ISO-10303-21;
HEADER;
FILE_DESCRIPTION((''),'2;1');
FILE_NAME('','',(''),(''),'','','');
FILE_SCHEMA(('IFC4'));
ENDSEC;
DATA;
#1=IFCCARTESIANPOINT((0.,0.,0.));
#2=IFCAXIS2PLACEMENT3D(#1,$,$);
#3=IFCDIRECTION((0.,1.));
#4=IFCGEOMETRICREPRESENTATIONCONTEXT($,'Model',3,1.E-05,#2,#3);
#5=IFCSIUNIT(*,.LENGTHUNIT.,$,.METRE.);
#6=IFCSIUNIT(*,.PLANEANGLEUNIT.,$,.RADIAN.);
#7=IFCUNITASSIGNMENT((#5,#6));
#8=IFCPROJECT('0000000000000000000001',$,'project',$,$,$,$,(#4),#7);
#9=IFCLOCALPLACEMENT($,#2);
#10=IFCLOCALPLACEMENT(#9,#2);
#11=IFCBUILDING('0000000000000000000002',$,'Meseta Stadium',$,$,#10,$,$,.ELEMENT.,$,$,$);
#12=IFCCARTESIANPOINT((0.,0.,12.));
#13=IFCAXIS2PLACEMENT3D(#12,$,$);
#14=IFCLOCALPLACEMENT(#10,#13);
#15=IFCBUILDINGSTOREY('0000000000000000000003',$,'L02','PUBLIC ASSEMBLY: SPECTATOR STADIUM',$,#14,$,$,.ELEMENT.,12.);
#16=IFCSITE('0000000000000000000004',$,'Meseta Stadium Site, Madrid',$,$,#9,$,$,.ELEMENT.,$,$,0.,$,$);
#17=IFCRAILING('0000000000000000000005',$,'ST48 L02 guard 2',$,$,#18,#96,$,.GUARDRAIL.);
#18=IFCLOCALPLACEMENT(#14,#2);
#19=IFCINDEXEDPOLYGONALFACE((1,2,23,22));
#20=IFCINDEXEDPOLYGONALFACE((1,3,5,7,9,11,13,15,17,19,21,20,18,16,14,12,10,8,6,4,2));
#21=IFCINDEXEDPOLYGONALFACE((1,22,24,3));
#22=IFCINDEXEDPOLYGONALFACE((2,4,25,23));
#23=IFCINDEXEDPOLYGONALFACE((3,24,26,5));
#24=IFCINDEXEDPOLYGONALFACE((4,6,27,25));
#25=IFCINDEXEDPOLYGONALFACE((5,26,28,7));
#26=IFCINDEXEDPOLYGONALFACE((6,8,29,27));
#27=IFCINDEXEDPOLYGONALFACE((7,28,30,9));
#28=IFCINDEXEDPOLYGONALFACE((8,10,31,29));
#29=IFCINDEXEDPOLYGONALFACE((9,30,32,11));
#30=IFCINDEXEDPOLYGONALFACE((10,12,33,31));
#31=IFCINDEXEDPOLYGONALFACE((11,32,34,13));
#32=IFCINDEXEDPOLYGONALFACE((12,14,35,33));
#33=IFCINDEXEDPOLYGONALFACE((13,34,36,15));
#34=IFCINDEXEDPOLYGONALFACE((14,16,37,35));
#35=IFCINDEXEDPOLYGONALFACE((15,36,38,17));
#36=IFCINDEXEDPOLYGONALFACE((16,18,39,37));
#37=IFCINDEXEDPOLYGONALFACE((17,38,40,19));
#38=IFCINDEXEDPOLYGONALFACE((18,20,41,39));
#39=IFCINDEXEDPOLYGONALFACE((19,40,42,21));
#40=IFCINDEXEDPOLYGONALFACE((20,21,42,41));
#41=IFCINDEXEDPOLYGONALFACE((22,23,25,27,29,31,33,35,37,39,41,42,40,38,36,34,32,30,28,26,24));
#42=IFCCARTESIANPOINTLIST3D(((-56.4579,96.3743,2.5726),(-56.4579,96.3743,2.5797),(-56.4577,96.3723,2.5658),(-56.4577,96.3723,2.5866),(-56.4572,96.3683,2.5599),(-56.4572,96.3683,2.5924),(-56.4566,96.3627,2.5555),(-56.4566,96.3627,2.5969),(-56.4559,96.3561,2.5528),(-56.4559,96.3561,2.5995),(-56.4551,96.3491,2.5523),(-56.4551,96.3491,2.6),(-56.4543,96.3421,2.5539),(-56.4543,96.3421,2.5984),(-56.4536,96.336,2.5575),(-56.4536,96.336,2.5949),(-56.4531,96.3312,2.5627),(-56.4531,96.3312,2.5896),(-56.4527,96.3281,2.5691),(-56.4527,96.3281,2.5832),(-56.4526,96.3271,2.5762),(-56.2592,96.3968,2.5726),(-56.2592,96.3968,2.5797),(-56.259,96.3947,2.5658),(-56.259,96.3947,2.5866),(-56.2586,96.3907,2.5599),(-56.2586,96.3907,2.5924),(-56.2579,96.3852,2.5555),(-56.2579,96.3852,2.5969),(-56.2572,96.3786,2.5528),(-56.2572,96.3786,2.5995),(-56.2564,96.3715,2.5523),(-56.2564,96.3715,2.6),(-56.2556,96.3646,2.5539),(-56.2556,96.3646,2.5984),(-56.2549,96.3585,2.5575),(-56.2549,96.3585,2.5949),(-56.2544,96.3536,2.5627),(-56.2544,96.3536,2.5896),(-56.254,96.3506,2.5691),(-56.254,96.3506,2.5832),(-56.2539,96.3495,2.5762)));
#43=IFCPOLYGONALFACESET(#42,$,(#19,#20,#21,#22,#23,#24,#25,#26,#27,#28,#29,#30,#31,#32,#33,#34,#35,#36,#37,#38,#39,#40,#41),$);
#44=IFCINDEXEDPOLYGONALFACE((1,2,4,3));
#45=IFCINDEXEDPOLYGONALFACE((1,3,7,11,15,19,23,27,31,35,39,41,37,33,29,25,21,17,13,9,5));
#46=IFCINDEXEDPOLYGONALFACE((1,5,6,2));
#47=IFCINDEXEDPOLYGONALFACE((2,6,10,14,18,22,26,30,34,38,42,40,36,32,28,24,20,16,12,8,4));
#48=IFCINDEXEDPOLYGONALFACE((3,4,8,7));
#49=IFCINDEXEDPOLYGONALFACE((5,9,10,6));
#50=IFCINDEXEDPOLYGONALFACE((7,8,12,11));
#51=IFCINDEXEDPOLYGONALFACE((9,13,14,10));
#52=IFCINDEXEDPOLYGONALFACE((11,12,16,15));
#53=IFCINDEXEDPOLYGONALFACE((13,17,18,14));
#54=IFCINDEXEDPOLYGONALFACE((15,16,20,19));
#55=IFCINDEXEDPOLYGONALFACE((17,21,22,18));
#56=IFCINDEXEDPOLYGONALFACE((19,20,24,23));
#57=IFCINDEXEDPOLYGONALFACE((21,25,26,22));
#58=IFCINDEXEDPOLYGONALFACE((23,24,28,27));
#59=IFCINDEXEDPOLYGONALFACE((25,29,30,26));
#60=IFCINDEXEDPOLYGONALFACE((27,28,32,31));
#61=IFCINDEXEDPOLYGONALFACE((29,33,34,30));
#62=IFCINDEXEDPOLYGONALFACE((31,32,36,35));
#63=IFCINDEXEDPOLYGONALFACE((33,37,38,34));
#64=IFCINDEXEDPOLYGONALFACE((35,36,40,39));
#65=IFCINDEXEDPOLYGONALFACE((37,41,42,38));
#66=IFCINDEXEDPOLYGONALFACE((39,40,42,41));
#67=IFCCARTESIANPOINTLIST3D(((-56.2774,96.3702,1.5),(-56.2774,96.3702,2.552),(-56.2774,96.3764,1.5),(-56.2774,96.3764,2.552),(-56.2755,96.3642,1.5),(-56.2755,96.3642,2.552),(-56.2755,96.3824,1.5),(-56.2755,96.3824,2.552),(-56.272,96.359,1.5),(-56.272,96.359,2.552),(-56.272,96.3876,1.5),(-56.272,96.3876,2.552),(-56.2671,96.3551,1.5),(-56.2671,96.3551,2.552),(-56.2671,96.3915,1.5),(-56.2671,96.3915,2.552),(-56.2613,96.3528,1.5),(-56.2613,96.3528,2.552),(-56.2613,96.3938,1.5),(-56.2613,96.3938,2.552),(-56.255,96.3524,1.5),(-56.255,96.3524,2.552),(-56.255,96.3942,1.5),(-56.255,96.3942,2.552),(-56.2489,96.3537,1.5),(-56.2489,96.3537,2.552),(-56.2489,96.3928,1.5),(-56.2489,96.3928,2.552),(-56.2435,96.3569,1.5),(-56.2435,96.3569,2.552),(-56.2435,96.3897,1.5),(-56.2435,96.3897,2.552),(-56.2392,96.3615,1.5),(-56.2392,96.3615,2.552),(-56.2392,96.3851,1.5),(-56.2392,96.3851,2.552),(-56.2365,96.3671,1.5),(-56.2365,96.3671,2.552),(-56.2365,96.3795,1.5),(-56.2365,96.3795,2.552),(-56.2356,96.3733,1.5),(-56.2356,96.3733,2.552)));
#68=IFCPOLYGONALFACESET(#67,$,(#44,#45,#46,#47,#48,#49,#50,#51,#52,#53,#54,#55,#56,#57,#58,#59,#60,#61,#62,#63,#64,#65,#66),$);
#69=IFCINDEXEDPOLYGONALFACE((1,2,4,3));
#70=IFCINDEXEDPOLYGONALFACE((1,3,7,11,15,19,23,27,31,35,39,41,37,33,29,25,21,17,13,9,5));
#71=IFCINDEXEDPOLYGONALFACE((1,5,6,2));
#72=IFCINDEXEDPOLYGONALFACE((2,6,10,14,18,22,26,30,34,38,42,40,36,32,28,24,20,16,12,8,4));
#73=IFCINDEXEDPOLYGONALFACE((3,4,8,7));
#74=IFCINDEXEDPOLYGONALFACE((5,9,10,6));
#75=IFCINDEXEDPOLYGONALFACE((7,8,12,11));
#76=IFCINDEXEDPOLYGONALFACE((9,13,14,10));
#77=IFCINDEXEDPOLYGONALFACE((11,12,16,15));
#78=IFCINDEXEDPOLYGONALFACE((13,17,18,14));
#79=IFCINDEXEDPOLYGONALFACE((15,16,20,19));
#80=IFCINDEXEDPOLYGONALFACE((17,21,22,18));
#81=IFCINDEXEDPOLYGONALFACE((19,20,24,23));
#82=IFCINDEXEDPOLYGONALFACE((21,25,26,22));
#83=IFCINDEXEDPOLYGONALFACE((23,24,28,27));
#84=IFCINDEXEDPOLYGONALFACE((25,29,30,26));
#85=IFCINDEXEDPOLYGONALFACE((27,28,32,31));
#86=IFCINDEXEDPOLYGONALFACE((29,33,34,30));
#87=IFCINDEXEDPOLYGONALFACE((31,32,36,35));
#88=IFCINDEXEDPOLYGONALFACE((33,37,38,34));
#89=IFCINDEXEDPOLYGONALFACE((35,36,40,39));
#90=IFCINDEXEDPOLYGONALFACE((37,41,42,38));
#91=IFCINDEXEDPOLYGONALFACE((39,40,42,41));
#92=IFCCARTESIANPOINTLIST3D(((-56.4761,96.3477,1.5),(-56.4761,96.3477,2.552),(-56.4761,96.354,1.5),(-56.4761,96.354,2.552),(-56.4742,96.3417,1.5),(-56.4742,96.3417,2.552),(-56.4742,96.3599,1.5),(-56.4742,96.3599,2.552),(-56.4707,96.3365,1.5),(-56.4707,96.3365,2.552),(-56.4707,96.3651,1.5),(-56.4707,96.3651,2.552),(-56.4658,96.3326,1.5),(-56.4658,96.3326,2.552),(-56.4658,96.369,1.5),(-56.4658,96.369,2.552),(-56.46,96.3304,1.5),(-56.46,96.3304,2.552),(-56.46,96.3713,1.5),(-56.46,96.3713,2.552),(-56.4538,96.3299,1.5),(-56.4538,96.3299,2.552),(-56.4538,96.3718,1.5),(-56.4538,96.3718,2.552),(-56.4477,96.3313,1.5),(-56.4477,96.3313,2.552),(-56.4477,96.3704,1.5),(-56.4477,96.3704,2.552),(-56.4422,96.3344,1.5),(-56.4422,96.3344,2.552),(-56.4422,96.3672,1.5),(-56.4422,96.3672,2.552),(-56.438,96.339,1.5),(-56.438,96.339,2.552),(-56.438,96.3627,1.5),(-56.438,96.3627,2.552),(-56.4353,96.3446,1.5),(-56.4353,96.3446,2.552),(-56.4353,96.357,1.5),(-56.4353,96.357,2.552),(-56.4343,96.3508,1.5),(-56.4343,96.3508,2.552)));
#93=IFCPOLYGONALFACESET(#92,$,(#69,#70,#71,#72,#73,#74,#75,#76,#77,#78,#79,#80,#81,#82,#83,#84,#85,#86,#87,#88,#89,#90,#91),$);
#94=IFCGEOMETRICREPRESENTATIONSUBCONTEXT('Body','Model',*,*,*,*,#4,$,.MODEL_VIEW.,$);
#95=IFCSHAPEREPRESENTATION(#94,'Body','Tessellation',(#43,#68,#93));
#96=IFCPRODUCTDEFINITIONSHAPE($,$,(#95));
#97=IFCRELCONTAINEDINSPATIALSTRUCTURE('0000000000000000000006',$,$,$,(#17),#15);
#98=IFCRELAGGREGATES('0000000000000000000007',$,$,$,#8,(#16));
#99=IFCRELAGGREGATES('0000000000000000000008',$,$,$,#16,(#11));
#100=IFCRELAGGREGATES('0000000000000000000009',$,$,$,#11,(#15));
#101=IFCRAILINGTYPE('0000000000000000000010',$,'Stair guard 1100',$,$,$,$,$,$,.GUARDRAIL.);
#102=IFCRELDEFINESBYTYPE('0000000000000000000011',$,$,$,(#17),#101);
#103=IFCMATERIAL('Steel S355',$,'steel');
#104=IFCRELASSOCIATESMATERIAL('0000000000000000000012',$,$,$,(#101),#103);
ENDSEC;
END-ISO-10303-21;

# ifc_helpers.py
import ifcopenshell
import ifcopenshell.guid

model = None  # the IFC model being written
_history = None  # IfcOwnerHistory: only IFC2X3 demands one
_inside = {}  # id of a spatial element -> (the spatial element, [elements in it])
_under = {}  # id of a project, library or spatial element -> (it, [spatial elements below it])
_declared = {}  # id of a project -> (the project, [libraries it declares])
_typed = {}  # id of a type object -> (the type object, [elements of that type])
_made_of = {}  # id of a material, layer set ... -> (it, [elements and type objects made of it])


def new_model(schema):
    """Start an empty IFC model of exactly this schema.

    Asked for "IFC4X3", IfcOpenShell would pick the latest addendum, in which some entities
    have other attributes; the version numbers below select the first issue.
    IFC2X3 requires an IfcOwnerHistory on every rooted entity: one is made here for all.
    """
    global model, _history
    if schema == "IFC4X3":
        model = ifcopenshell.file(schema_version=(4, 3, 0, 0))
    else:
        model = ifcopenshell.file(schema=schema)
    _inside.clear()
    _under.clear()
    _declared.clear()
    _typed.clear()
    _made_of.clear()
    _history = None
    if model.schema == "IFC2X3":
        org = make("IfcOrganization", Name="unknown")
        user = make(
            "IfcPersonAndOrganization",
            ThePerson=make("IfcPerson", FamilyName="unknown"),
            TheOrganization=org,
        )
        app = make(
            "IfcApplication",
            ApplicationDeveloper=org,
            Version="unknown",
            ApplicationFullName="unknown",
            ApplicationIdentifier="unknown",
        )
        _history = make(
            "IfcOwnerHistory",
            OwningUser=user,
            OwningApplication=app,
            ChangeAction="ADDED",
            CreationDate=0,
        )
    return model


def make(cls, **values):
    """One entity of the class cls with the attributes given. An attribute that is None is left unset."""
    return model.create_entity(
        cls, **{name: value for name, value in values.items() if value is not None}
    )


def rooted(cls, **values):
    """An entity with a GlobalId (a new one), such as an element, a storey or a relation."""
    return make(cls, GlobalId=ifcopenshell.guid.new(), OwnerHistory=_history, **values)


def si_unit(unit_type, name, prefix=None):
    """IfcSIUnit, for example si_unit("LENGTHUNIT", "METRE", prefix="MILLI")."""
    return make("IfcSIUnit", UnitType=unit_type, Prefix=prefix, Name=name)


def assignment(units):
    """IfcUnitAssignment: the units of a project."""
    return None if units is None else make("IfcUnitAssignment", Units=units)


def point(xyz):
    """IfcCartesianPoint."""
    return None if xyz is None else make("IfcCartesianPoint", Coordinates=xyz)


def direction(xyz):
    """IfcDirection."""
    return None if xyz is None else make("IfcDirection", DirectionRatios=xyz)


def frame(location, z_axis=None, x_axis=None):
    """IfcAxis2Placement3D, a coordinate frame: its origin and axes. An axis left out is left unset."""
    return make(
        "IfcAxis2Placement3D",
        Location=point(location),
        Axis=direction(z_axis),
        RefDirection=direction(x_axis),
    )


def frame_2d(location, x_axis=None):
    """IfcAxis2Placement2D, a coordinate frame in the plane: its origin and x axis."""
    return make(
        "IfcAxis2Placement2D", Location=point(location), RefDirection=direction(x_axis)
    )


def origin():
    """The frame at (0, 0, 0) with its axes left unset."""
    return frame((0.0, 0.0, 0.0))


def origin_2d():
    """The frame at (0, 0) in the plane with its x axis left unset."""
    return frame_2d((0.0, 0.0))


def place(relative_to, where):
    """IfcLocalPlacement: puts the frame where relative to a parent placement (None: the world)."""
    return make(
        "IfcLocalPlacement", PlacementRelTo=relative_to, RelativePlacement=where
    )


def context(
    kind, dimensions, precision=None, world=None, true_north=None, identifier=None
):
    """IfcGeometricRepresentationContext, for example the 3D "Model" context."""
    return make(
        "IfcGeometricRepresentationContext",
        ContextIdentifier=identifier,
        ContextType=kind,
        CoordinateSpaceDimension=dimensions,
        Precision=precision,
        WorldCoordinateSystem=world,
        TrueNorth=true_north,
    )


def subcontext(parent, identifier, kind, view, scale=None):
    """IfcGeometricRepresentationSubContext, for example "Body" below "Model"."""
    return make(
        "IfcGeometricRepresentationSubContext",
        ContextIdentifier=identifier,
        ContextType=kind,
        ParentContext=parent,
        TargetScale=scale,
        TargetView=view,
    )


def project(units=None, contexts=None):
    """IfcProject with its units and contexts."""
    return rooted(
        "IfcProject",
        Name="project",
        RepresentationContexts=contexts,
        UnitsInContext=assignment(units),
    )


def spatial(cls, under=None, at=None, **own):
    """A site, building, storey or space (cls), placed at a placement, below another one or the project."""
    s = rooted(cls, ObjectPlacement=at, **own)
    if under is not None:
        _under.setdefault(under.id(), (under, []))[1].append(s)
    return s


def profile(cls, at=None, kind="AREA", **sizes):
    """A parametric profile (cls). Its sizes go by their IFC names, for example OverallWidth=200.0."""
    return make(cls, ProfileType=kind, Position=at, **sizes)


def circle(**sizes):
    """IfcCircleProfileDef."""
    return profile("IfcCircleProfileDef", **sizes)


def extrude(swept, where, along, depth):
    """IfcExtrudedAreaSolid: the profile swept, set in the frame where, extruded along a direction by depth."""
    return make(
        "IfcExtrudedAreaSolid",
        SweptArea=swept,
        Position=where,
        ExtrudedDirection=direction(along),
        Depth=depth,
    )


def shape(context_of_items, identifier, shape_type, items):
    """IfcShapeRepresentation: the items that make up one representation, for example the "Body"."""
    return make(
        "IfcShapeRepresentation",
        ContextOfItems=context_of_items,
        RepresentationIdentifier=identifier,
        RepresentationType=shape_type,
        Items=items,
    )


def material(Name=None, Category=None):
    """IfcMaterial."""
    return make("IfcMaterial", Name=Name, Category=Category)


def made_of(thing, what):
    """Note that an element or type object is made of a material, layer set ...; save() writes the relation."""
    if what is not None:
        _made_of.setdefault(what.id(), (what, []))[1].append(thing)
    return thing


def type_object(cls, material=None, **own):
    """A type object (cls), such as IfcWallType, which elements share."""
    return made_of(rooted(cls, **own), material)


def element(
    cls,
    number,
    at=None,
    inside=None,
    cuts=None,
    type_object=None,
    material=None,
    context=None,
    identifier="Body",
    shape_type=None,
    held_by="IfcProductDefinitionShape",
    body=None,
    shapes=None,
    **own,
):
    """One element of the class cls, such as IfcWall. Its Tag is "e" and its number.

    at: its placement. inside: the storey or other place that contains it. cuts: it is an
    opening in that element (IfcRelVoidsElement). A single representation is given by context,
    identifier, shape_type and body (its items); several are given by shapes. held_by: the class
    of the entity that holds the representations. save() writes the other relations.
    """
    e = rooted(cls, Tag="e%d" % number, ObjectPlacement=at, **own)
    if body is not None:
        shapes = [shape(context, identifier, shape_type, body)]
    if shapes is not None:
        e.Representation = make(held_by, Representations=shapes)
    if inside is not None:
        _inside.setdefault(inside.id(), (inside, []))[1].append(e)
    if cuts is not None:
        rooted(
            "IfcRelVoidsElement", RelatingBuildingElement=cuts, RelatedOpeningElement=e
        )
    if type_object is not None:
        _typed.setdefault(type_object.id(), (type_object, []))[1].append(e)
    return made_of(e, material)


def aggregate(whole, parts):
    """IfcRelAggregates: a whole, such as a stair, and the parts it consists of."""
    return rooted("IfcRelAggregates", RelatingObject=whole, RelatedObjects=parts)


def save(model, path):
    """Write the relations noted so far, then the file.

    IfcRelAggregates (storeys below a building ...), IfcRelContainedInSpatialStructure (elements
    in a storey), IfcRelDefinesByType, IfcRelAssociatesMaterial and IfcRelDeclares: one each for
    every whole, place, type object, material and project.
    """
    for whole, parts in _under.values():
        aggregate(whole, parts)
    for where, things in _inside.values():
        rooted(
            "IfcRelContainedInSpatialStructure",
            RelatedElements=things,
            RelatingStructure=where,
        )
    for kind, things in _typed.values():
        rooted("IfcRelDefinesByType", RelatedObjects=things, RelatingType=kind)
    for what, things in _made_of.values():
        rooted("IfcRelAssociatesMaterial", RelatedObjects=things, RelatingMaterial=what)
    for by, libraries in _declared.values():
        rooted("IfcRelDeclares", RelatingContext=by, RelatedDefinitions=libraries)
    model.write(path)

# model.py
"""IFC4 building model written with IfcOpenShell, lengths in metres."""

from ifc_helpers import new_model, si_unit, direction, frame, origin, origin_2d, place, context, subcontext, project, spatial, circle, extrude, material, type_object, element, save


model = new_model("IFC4")

# Units and contexts
model_context = context("Model", 3, precision=1e-05, world=origin(), true_north=direction((0.0, 1.0)))
body_context = subcontext(model_context, "Body", "Model", "MODEL_VIEW")
ifc_project = project(units=[si_unit("LENGTHUNIT", "METRE"), si_unit("PLANEANGLEUNIT", "RADIAN")], contexts=[model_context])

# Site, building, storey
site_placement = place(None, origin())
site = spatial("IfcSite", under=ifc_project, at=site_placement, Name="Meseta Stadium Site, Madrid", CompositionType="ELEMENT", RefElevation=0.0)
building_placement = place(site_placement, origin())
building = spatial("IfcBuilding", under=site, at=building_placement, Name="Meseta Stadium", CompositionType="ELEMENT")
storey_placement = place(building_placement, frame((0.0, 0.0, 12.0)))
storey = spatial("IfcBuildingStorey", under=building, at=storey_placement, Name="L02", Description="PUBLIC ASSEMBLY: SPECTATOR STADIUM", CompositionType="ELEMENT", Elevation=12.0)

# Railing
ifc_material_1 = material(Name="Steel S355", Category="steel")
railing_type_1 = type_object("IfcRailingType", Name="Stair guard 1100", PredefinedType="GUARDRAIL", material=ifc_material_1)
railing_1_placement = place(storey_placement, frame((-56.2566, 96.3733, 1.5)))
element("IfcRailing", 1, at=railing_1_placement, inside=storey, type_object=railing_type_1, Name="ST48 L02 guard 2", PredefinedType="GUARDRAIL", context=body_context, shape_type="SweptSolid", body=[
    extrude(circle(Radius=0.0239, at=origin_2d()), frame((0.0, 0.0, 1.0762), z_axis=(-0.993674, -0.112307, 0.0), x_axis=(0.112307, -0.993674, 0.0)), (0.0, 0.0, 1.0), 0.2),
    extrude(circle(Radius=0.021, at=origin_2d()), origin(), (0.0, 0.0, 1.0), 1.052),
    extrude(circle(Radius=0.021, at=origin_2d()), frame((-0.1987, -0.0225, 0.0)), (0.0, 0.0, 1.0), 1.052),
])

save(model, "model.ifc")
